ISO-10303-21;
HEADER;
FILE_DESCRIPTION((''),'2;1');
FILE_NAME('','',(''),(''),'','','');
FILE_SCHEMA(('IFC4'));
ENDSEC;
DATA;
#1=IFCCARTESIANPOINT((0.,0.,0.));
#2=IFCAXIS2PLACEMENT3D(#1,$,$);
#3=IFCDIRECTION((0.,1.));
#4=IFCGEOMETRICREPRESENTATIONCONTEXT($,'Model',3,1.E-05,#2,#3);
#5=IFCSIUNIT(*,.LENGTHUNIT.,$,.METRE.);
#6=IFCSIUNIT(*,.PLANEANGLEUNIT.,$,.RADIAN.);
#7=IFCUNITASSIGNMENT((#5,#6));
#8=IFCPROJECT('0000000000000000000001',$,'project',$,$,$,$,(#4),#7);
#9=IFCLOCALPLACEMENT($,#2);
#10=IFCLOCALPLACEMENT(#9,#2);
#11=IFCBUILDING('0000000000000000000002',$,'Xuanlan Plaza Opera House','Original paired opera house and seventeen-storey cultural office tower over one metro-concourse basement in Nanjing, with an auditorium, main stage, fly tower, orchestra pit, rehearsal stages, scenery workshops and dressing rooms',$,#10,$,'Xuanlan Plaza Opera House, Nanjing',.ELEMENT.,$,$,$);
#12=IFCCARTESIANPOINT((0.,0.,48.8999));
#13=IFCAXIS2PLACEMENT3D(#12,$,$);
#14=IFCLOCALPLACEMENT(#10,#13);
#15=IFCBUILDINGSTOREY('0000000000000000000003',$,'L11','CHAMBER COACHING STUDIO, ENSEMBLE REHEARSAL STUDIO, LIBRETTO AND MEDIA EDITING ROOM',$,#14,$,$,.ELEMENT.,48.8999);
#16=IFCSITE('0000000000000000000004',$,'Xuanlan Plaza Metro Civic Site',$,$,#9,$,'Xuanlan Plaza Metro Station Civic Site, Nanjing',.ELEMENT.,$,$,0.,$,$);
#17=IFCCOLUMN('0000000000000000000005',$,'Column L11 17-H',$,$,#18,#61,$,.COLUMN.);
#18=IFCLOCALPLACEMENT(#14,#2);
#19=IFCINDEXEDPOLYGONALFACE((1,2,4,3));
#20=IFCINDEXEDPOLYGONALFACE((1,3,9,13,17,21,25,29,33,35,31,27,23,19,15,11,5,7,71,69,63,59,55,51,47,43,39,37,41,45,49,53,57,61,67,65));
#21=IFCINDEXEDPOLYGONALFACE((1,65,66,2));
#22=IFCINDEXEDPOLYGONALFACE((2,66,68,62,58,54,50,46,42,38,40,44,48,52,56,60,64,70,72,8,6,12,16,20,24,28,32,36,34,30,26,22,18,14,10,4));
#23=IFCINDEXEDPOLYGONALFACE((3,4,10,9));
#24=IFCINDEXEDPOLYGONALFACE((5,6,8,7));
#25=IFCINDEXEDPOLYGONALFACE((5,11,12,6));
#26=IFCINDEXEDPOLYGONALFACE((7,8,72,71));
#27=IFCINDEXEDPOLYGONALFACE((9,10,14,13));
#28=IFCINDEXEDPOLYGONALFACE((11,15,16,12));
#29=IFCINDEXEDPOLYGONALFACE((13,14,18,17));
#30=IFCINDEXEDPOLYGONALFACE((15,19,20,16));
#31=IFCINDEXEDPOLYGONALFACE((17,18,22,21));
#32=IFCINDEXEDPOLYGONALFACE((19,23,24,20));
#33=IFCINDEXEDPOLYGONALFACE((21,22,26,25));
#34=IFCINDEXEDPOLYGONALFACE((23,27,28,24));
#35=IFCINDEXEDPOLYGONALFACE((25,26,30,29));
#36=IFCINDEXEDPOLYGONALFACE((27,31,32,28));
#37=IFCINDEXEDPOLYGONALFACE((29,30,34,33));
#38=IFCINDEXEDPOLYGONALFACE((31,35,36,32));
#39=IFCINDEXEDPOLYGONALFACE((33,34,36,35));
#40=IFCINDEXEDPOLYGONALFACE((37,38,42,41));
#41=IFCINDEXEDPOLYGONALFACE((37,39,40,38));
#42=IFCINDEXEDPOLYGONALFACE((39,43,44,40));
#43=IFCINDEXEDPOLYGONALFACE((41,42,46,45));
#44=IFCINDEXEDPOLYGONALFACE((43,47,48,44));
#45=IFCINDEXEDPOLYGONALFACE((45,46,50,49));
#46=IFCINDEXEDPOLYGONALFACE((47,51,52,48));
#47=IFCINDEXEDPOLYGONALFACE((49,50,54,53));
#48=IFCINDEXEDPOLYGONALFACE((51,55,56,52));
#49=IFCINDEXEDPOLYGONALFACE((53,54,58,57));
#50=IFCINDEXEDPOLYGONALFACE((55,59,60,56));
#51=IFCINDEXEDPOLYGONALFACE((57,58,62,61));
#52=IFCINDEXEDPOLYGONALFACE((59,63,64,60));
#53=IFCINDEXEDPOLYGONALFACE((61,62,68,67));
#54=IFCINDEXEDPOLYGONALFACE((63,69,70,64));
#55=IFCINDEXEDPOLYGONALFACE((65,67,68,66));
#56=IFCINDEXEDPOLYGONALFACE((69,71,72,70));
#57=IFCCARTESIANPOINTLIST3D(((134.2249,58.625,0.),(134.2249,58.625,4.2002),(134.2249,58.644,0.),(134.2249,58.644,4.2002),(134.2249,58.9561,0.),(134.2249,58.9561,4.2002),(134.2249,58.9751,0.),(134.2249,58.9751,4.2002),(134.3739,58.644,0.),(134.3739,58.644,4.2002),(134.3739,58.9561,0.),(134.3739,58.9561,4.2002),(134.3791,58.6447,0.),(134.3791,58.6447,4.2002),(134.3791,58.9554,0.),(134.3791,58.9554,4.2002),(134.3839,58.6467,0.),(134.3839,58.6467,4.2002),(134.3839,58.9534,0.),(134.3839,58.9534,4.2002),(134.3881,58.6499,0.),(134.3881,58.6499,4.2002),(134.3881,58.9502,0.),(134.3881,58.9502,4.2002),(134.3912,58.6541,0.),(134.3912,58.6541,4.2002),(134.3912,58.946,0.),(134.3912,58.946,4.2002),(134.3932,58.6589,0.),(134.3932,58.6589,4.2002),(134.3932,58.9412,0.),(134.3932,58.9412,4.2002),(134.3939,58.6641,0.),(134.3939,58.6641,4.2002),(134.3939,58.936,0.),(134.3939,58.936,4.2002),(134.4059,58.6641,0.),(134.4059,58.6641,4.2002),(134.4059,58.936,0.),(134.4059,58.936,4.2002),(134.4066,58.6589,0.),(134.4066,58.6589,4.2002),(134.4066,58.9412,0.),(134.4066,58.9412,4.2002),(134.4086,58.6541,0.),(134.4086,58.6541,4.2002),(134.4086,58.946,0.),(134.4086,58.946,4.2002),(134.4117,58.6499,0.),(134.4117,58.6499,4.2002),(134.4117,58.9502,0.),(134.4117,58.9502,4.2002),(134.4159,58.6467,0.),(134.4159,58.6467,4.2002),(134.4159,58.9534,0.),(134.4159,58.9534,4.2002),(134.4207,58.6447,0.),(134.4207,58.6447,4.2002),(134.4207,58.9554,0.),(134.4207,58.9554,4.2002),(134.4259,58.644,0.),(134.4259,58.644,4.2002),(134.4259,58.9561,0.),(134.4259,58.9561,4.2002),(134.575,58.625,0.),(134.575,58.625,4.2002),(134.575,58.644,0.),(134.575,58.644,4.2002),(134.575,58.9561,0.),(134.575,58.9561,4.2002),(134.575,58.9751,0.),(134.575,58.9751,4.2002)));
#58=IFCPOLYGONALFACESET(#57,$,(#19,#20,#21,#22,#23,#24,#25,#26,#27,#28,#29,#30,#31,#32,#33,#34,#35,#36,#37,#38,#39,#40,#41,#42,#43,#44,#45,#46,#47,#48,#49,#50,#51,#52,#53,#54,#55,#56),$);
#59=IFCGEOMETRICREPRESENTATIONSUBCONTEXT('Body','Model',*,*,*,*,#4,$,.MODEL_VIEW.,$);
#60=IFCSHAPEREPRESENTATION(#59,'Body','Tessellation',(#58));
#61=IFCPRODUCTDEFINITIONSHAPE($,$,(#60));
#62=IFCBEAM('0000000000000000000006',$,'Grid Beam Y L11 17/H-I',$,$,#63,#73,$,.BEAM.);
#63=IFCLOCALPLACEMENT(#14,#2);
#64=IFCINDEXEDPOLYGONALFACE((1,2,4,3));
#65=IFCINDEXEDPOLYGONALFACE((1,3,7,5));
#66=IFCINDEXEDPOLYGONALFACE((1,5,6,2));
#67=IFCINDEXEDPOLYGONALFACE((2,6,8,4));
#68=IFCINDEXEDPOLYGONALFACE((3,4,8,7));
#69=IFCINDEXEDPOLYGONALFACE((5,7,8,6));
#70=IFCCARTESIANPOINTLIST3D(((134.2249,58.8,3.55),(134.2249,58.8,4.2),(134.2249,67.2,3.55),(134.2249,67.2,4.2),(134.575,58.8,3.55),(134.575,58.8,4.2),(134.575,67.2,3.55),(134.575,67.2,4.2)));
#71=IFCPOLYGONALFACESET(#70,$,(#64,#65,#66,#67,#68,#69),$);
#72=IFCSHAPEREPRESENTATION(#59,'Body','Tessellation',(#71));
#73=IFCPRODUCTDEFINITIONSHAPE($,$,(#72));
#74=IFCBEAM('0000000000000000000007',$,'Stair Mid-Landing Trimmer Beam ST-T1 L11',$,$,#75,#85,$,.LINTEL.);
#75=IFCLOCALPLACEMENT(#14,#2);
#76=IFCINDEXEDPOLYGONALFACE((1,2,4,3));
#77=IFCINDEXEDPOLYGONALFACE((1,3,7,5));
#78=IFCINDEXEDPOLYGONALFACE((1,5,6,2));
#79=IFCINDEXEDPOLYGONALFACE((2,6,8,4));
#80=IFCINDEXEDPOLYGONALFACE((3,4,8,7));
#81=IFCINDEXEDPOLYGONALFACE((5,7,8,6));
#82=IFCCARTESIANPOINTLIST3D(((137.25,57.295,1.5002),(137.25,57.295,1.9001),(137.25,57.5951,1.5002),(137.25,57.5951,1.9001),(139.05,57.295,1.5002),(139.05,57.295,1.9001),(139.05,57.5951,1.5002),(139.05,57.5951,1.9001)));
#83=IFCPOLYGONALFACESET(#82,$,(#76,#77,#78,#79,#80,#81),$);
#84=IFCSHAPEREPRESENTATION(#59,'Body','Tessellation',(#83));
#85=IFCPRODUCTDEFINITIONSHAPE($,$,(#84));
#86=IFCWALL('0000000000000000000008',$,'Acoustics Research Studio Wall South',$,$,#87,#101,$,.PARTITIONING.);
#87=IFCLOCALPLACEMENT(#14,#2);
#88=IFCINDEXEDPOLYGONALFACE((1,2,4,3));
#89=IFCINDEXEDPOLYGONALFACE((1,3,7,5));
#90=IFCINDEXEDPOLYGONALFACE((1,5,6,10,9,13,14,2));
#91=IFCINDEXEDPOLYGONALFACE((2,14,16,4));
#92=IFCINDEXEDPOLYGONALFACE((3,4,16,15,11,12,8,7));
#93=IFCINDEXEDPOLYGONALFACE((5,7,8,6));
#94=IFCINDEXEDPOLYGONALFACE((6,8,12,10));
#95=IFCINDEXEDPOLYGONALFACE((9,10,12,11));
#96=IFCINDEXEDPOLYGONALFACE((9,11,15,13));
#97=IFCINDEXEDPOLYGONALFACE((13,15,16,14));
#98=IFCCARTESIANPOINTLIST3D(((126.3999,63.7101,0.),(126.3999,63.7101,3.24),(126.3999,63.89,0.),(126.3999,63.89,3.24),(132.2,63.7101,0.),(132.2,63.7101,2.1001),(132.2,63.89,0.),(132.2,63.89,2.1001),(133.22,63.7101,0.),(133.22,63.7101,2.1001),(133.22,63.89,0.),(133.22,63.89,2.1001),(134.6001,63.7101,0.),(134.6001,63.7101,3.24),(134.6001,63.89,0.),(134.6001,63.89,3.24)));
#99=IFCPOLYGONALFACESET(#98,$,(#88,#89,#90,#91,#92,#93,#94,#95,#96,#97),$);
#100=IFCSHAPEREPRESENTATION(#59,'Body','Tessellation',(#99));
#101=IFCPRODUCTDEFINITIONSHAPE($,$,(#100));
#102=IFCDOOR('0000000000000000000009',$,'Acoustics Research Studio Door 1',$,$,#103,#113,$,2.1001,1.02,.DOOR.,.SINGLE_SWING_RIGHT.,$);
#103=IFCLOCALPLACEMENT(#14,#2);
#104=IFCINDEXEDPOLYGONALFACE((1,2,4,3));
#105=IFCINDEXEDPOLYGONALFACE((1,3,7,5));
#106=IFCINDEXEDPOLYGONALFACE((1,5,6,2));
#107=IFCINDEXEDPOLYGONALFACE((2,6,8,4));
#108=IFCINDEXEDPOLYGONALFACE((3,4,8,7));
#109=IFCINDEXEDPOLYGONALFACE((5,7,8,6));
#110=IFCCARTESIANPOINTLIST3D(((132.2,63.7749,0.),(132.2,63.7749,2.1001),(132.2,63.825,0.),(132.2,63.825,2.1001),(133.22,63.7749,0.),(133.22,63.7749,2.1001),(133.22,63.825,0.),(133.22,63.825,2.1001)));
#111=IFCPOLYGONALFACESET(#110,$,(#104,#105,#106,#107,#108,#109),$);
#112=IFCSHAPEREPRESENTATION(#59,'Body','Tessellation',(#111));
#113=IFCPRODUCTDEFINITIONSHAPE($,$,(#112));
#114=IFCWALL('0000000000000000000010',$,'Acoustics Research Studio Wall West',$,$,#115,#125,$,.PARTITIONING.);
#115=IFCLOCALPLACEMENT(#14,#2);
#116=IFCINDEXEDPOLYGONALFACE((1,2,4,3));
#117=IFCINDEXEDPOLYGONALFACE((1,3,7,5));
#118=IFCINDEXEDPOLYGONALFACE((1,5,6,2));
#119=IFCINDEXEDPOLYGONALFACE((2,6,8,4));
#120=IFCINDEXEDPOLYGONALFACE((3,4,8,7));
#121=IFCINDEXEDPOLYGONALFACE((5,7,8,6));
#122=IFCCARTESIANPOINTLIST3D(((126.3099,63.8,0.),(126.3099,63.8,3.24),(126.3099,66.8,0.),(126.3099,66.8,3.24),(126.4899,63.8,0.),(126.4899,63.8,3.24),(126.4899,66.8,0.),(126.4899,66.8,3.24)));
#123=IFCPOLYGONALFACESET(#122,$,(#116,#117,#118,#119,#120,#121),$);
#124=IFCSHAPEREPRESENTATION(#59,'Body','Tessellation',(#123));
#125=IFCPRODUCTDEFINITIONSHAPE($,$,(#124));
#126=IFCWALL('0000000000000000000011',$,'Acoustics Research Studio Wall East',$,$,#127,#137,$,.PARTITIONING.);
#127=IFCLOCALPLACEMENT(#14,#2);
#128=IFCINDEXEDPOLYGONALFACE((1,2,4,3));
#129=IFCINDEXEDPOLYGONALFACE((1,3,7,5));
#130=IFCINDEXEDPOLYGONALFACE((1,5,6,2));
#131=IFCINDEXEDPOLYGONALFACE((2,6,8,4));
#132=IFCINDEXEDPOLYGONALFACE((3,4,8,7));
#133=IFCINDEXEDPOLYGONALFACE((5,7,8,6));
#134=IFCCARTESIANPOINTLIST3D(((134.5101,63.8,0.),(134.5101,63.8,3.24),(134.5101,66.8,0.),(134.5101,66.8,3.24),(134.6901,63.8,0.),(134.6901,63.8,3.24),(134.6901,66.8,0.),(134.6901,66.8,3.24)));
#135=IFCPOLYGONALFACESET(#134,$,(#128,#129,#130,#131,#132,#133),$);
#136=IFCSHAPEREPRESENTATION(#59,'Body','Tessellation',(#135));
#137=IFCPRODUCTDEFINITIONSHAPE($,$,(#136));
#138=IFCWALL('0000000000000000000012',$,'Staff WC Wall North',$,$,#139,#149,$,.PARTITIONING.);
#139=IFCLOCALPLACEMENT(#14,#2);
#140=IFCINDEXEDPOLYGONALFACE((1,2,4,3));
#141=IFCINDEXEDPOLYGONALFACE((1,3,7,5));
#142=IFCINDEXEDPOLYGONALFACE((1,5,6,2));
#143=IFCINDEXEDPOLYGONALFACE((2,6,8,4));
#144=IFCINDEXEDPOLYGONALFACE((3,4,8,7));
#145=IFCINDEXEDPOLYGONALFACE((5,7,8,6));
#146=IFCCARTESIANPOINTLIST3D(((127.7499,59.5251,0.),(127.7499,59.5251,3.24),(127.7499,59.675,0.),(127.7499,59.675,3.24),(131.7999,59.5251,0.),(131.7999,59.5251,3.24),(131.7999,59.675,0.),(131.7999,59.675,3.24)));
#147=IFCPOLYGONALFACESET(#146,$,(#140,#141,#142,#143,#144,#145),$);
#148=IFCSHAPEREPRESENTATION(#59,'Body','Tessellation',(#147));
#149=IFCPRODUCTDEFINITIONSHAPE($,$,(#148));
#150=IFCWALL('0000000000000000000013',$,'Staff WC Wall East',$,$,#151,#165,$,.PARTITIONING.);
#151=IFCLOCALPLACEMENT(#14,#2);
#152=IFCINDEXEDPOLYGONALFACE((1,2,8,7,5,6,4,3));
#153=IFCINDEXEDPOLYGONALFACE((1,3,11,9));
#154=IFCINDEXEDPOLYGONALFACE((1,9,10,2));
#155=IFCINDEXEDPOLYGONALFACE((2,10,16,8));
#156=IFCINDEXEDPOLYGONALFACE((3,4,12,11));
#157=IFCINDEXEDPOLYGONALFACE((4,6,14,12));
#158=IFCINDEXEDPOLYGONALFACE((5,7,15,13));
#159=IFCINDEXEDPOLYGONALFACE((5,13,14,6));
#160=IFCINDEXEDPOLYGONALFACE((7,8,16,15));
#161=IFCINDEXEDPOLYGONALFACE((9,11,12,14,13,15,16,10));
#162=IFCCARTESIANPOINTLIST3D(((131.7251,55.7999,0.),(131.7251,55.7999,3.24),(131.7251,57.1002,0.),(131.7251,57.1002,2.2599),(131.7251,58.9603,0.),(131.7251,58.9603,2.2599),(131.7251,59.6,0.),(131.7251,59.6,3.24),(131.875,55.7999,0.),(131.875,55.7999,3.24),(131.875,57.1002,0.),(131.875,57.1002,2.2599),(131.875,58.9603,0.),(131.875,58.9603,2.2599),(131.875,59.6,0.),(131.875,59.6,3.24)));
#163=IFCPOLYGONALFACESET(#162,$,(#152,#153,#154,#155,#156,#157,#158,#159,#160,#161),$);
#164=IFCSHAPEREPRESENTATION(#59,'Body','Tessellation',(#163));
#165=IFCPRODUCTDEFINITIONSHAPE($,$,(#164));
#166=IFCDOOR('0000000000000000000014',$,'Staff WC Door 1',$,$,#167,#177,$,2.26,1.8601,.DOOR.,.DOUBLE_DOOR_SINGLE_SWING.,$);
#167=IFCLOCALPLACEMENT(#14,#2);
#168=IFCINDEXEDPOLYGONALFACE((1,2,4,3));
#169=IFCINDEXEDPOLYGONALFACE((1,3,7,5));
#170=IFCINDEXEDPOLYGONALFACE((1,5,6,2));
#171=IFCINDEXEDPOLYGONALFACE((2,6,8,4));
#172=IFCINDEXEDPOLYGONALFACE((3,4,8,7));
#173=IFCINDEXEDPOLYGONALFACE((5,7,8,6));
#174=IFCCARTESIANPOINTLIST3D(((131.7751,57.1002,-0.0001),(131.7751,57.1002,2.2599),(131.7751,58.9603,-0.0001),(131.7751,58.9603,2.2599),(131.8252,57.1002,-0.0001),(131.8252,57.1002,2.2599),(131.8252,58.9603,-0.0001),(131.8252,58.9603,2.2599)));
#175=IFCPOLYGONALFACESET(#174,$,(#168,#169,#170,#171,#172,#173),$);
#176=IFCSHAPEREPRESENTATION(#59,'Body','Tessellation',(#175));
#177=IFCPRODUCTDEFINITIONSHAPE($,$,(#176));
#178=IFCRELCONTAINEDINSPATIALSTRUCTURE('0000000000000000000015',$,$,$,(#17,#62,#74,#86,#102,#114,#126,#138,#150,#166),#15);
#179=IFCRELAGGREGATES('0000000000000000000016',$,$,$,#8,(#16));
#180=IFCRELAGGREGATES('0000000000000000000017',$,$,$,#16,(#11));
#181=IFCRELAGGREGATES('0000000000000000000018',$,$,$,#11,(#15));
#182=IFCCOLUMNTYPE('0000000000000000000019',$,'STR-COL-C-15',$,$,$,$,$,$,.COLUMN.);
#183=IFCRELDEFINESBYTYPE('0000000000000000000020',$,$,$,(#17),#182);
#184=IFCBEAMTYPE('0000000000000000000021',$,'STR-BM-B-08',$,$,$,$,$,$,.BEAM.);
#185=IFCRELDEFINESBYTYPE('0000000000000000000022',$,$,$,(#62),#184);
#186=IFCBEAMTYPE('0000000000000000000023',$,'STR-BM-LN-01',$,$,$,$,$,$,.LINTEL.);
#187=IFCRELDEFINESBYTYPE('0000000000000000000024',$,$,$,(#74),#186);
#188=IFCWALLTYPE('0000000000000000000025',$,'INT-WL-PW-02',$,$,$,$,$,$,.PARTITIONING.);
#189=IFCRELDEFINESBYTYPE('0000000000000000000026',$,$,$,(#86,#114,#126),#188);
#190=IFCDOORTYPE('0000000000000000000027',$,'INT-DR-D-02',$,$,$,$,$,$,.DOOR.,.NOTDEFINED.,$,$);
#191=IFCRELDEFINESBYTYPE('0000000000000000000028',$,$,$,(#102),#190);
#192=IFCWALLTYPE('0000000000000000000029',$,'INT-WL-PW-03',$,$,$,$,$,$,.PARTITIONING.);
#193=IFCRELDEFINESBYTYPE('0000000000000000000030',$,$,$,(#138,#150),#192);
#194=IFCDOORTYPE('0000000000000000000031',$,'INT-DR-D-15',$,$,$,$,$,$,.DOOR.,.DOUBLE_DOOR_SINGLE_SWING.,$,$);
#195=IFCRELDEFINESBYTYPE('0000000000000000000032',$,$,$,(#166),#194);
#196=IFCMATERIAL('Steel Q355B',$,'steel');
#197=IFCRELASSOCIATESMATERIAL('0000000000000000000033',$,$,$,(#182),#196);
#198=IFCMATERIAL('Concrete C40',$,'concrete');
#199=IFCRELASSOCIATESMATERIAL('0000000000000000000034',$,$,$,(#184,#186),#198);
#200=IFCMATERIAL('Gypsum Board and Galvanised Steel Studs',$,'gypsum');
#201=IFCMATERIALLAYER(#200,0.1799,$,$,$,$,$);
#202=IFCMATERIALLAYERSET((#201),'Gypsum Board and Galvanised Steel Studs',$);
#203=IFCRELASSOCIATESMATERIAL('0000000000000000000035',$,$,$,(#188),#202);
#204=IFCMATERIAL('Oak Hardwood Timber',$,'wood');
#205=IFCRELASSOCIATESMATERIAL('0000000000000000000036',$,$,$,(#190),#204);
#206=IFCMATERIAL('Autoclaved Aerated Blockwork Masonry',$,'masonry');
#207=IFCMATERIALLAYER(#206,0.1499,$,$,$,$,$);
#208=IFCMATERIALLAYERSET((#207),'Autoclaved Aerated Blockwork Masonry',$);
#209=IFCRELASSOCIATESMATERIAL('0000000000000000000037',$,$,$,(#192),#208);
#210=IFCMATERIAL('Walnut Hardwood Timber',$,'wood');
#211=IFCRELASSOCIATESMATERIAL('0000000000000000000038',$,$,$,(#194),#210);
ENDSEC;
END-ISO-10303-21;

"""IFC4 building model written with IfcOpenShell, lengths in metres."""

from ifc_helpers import new_model, si_unit, direction, frame, frame_2d, origin, origin_2d, place, context, subcontext, project, spatial, rectangle, i_section, extrude, material, layer, layer_set, material_profile, profile_set, type_object, element, fill, save


model = new_model("IFC4")

# Units and contexts
model_context = context("Model", 3, precision=1e-05, world=origin(), true_north=direction((0.0, 1.0)))
body_context = subcontext(model_context, "Body", "Model", "MODEL_VIEW")
ifc_project = project(units=[si_unit("LENGTHUNIT", "METRE"), si_unit("PLANEANGLEUNIT", "RADIAN")], contexts=[model_context])

# Site, building, storey
site_placement = place(None, origin())
site = spatial("IfcSite", under=ifc_project, at=site_placement, Name="Xuanlan Plaza Metro Civic Site", LongName="Xuanlan Plaza Metro Station Civic Site, Nanjing", CompositionType="ELEMENT", RefElevation=0.0)
building_placement = place(site_placement, origin())
building = spatial("IfcBuilding", under=site, at=building_placement, Name="Xuanlan Plaza Opera House", Description="Original paired opera house and seventeen-storey cultural office tower over one metro-concourse basement in Nanjing, with an auditorium, main stage, fly tower, orchestra pit, rehearsal stages, scenery workshops and dressing rooms", LongName="Xuanlan Plaza Opera House, Nanjing", CompositionType="ELEMENT")
storey_placement = place(building_placement, frame((0.0, 0.0, 48.8999)))
storey = spatial("IfcBuildingStorey", under=building, at=storey_placement, Name="L11", Description="CHAMBER COACHING STUDIO, ENSEMBLE REHEARSAL STUDIO, LIBRETTO AND MEDIA EDITING ROOM", CompositionType="ELEMENT", Elevation=48.8999)

# Column
ifc_material_1 = material(Name="Steel Q355B", Category="steel")
ifc_material_profile_1 = material_profile(ifc_material_1, i_section(OverallWidth=0.3501, OverallDepth=0.3501, WebThickness=0.012, FlangeThickness=0.019, FilletRadius=0.02, at=origin_2d()), Name="HW 350x350x12x19")
ifc_profile_set_1 = profile_set([ifc_material_profile_1], Name="Steel Q355B")
column_type = type_object("IfcColumnType", Name="STR-COL-C-15", PredefinedType="COLUMN", material=ifc_profile_set_1)
column_placement = place(storey_placement, frame((134.3999, 58.8, 0.0), z_axis=(0.0, 0.0, 1.0), x_axis=(1.0, 0.0, 0.0)))
element("IfcColumn", 1, at=column_placement, inside=storey, type_object=column_type, Name="Column L11 17-H", PredefinedType="COLUMN", context=body_context, shape_type="SweptSolid", body=[
    extrude(i_section(OverallWidth=0.3501, OverallDepth=0.3501, WebThickness=0.012, FlangeThickness=0.019, FilletRadius=0.02, at=origin_2d()), origin(), (0.0, 0.0, 1.0), 4.2002),
])

# Beams
ifc_material_2 = material(Name="Concrete C40", Category="concrete")
ifc_material_profile_2 = material_profile(ifc_material_2, rectangle(XDim=0.3501, YDim=0.6499, at=origin_2d()), Name="RC-BM 350x650")
ifc_profile_set_2 = profile_set([ifc_material_profile_2], Name="Concrete C40")
beam_type_1 = type_object("IfcBeamType", Name="STR-BM-B-08", PredefinedType="BEAM", material=ifc_profile_set_2)
beam_1_placement = place(storey_placement, frame((134.3999, 58.8, 3.875), z_axis=(0.0, 1.0, 0.0), x_axis=(-1.0, 0.0, 0.0)))
element("IfcBeam", 2, at=beam_1_placement, inside=storey, type_object=beam_type_1, Name="Grid Beam Y L11 17/H-I", PredefinedType="BEAM", context=body_context, shape_type="SweptSolid", body=[
    extrude(rectangle(XDim=0.3501, YDim=0.6499, at=origin_2d()), origin(), (0.0, 0.0, 1.0), 8.3999),
])
ifc_material_profile_3 = material_profile(ifc_material_2, rectangle(XDim=0.3, YDim=0.3999, at=origin_2d()), Name="RC-LNT 300x400")
ifc_profile_set_3 = profile_set([ifc_material_profile_3], Name="Concrete C40")
beam_type_2 = type_object("IfcBeamType", Name="STR-BM-LN-01", PredefinedType="LINTEL", material=ifc_profile_set_3)
beam_2_placement = place(storey_placement, frame((137.25, 57.4451, 1.7002), z_axis=(1.0, 0.0, 0.0), x_axis=(0.0, 1.0, 0.0)))
element("IfcBeam", 3, at=beam_2_placement, inside=storey, type_object=beam_type_2, Name="Stair Mid-Landing Trimmer Beam ST-T1 L11", PredefinedType="LINTEL", context=body_context, shape_type="SweptSolid", body=[
    extrude(rectangle(XDim=0.3, YDim=0.3999, at=origin_2d()), origin(), (0.0, 0.0, 1.0), 1.8),
])

# Wall, opening, door
ifc_material_3 = material(Name="Gypsum Board and Galvanised Steel Studs", Category="gypsum")
ifc_layer_1 = layer(ifc_material_3, 0.1799)
ifc_layer_set_1 = layer_set([ifc_layer_1], Name="Gypsum Board and Galvanised Steel Studs")
wall_type_1 = type_object("IfcWallType", Name="INT-WL-PW-02", PredefinedType="PARTITIONING", material=ifc_layer_set_1)
wall_1_placement = place(storey_placement, frame((126.3999, 63.8, 0.0), z_axis=(0.0, 0.0, 1.0), x_axis=(1.0, 0.0, 0.0)))
wall_1 = element("IfcWall", 4, at=wall_1_placement, inside=storey, type_object=wall_type_1, Name="Acoustics Research Studio Wall South", PredefinedType="PARTITIONING", context=body_context, shape_type="SweptSolid", body=[
    extrude(rectangle(XDim=8.2002, YDim=0.1799, at=frame_2d((4.1001, 0.0))), origin(), (0.0, 0.0, 1.0), 3.24),
])
opening_1_placement = place(wall_1_placement, frame((5.8, 0.0, 0.0)))
opening_1 = element("IfcOpeningElement", 5, at=opening_1_placement, cuts=wall_1, PredefinedType="OPENING", context=body_context, shape_type="SweptSolid", body=[
    extrude(rectangle(XDim=1.02, YDim=2.1001, at=frame_2d((0.51, 1.05))), frame((0.0, 0.0999, 0.0), z_axis=(0.0, -1.0, 0.0), x_axis=(1.0, 0.0, 0.0)), (0.0, 0.0, 1.0), 0.2),
])
ifc_material_4 = material(Name="Oak Hardwood Timber", Category="wood")
door_type_1 = type_object("IfcDoorType", Name="INT-DR-D-02", OperationType="NOTDEFINED", PredefinedType="DOOR", material=ifc_material_4)
door_1_placement = place(opening_1_placement, origin())
door_1 = element("IfcDoor", 6, at=door_1_placement, inside=storey, type_object=door_type_1, Name="Acoustics Research Studio Door 1", OperationType="SINGLE_SWING_RIGHT", OverallHeight=2.1001, OverallWidth=1.02, PredefinedType="DOOR", context=body_context, shape_type="SweptSolid", body=[
    extrude(rectangle(XDim=1.02, YDim=2.1001, at=frame_2d((0.51, 1.05))), frame((0.0, 0.0249, 0.0), z_axis=(0.0, -1.0, 0.0), x_axis=(1.0, 0.0, 0.0)), (0.0, 0.0, 1.0), 0.05),
])
fill(opening_1, door_1)

# Walls
for number, where, z_axis, x_axis, name in (
    (7, (126.3999, 63.8, 0.0), (0.0, 0.0, 1.0), (0.0, 1.0, 0.0), "Acoustics Research Studio Wall West"),
    (8, (134.6001, 63.8, 0.0), (0.0, 0.0, 1.0), (0.0, 1.0, 0.0), "Acoustics Research Studio Wall East"),
):
    element("IfcWall", number, at=place(storey_placement, frame(where, z_axis=z_axis, x_axis=x_axis)), inside=storey, type_object=wall_type_1, Name=name, PredefinedType="PARTITIONING", context=body_context, shape_type="SweptSolid", body=[
        extrude(rectangle(XDim=3.0, YDim=0.1799, at=frame_2d((1.5, 0.0))), origin(), (0.0, 0.0, 1.0), 3.24),
    ])
ifc_material_5 = material(Name="Autoclaved Aerated Blockwork Masonry", Category="masonry")
ifc_layer_2 = layer(ifc_material_5, 0.1499)
ifc_layer_set_2 = layer_set([ifc_layer_2], Name="Autoclaved Aerated Blockwork Masonry")
wall_type_2 = type_object("IfcWallType", Name="INT-WL-PW-03", PredefinedType="PARTITIONING", material=ifc_layer_set_2)
wall_2_placement = place(storey_placement, frame((127.75, 59.6001, 0.0), z_axis=(0.0, 0.0, 1.0), x_axis=(1.0, 0.0, 0.0)))
element("IfcWall", 9, at=wall_2_placement, inside=storey, type_object=wall_type_2, Name="Staff WC Wall North", PredefinedType="PARTITIONING", context=body_context, shape_type="SweptSolid", body=[
    extrude(rectangle(XDim=4.05, YDim=0.1499, at=frame_2d((2.0249, 0.0))), origin(), (0.0, 0.0, 1.0), 3.24),
])

# Wall, opening, door
wall_3_placement = place(storey_placement, frame((131.8, 55.8, 0.0), z_axis=(0.0, 0.0, 1.0), x_axis=(0.0, 1.0, 0.0)))
wall_3 = element("IfcWall", 10, at=wall_3_placement, inside=storey, type_object=wall_type_2, Name="Staff WC Wall East", PredefinedType="PARTITIONING", context=body_context, shape_type="SweptSolid", body=[
    extrude(rectangle(XDim=3.8, YDim=0.1499, at=frame_2d((1.8999, 0.0))), origin(), (0.0, 0.0, 1.0), 3.24),
])
opening_2_placement = place(wall_3_placement, frame((1.3, 0.0, 0.0)))
opening_2 = element("IfcOpeningElement", 11, at=opening_2_placement, cuts=wall_3, PredefinedType="OPENING", context=body_context, shape_type="SweptSolid", body=[
    extrude(rectangle(XDim=1.8601, YDim=2.26, at=frame_2d((0.9302, 1.1299))), frame((0.0, 0.085, 0.0), z_axis=(0.0, -1.0, 0.0), x_axis=(1.0, 0.0, 0.0)), (0.0, 0.0, 1.0), 0.1699),
])
ifc_material_6 = material(Name="Walnut Hardwood Timber", Category="wood")
door_type_2 = type_object("IfcDoorType", Name="INT-DR-D-15", OperationType="DOUBLE_DOOR_SINGLE_SWING", PredefinedType="DOOR", material=ifc_material_6)
door_2_placement = place(opening_2_placement, origin())
door_2 = element("IfcDoor", 12, at=door_2_placement, inside=storey, type_object=door_type_2, Name="Staff WC Door 1", OperationType="DOUBLE_DOOR_SINGLE_SWING", OverallHeight=2.26, OverallWidth=1.8601, PredefinedType="DOOR", context=body_context, shape_type="SweptSolid", body=[
    extrude(rectangle(XDim=1.8601, YDim=2.26, at=frame_2d((0.9302, 1.1299))), frame((0.0, 0.0249, 0.0), z_axis=(0.0, -1.0, 0.0), x_axis=(1.0, 0.0, 0.0)), (0.0, 0.0, 1.0), 0.05),
])
fill(opening_2, door_2)

save(model, "model.ifc")
